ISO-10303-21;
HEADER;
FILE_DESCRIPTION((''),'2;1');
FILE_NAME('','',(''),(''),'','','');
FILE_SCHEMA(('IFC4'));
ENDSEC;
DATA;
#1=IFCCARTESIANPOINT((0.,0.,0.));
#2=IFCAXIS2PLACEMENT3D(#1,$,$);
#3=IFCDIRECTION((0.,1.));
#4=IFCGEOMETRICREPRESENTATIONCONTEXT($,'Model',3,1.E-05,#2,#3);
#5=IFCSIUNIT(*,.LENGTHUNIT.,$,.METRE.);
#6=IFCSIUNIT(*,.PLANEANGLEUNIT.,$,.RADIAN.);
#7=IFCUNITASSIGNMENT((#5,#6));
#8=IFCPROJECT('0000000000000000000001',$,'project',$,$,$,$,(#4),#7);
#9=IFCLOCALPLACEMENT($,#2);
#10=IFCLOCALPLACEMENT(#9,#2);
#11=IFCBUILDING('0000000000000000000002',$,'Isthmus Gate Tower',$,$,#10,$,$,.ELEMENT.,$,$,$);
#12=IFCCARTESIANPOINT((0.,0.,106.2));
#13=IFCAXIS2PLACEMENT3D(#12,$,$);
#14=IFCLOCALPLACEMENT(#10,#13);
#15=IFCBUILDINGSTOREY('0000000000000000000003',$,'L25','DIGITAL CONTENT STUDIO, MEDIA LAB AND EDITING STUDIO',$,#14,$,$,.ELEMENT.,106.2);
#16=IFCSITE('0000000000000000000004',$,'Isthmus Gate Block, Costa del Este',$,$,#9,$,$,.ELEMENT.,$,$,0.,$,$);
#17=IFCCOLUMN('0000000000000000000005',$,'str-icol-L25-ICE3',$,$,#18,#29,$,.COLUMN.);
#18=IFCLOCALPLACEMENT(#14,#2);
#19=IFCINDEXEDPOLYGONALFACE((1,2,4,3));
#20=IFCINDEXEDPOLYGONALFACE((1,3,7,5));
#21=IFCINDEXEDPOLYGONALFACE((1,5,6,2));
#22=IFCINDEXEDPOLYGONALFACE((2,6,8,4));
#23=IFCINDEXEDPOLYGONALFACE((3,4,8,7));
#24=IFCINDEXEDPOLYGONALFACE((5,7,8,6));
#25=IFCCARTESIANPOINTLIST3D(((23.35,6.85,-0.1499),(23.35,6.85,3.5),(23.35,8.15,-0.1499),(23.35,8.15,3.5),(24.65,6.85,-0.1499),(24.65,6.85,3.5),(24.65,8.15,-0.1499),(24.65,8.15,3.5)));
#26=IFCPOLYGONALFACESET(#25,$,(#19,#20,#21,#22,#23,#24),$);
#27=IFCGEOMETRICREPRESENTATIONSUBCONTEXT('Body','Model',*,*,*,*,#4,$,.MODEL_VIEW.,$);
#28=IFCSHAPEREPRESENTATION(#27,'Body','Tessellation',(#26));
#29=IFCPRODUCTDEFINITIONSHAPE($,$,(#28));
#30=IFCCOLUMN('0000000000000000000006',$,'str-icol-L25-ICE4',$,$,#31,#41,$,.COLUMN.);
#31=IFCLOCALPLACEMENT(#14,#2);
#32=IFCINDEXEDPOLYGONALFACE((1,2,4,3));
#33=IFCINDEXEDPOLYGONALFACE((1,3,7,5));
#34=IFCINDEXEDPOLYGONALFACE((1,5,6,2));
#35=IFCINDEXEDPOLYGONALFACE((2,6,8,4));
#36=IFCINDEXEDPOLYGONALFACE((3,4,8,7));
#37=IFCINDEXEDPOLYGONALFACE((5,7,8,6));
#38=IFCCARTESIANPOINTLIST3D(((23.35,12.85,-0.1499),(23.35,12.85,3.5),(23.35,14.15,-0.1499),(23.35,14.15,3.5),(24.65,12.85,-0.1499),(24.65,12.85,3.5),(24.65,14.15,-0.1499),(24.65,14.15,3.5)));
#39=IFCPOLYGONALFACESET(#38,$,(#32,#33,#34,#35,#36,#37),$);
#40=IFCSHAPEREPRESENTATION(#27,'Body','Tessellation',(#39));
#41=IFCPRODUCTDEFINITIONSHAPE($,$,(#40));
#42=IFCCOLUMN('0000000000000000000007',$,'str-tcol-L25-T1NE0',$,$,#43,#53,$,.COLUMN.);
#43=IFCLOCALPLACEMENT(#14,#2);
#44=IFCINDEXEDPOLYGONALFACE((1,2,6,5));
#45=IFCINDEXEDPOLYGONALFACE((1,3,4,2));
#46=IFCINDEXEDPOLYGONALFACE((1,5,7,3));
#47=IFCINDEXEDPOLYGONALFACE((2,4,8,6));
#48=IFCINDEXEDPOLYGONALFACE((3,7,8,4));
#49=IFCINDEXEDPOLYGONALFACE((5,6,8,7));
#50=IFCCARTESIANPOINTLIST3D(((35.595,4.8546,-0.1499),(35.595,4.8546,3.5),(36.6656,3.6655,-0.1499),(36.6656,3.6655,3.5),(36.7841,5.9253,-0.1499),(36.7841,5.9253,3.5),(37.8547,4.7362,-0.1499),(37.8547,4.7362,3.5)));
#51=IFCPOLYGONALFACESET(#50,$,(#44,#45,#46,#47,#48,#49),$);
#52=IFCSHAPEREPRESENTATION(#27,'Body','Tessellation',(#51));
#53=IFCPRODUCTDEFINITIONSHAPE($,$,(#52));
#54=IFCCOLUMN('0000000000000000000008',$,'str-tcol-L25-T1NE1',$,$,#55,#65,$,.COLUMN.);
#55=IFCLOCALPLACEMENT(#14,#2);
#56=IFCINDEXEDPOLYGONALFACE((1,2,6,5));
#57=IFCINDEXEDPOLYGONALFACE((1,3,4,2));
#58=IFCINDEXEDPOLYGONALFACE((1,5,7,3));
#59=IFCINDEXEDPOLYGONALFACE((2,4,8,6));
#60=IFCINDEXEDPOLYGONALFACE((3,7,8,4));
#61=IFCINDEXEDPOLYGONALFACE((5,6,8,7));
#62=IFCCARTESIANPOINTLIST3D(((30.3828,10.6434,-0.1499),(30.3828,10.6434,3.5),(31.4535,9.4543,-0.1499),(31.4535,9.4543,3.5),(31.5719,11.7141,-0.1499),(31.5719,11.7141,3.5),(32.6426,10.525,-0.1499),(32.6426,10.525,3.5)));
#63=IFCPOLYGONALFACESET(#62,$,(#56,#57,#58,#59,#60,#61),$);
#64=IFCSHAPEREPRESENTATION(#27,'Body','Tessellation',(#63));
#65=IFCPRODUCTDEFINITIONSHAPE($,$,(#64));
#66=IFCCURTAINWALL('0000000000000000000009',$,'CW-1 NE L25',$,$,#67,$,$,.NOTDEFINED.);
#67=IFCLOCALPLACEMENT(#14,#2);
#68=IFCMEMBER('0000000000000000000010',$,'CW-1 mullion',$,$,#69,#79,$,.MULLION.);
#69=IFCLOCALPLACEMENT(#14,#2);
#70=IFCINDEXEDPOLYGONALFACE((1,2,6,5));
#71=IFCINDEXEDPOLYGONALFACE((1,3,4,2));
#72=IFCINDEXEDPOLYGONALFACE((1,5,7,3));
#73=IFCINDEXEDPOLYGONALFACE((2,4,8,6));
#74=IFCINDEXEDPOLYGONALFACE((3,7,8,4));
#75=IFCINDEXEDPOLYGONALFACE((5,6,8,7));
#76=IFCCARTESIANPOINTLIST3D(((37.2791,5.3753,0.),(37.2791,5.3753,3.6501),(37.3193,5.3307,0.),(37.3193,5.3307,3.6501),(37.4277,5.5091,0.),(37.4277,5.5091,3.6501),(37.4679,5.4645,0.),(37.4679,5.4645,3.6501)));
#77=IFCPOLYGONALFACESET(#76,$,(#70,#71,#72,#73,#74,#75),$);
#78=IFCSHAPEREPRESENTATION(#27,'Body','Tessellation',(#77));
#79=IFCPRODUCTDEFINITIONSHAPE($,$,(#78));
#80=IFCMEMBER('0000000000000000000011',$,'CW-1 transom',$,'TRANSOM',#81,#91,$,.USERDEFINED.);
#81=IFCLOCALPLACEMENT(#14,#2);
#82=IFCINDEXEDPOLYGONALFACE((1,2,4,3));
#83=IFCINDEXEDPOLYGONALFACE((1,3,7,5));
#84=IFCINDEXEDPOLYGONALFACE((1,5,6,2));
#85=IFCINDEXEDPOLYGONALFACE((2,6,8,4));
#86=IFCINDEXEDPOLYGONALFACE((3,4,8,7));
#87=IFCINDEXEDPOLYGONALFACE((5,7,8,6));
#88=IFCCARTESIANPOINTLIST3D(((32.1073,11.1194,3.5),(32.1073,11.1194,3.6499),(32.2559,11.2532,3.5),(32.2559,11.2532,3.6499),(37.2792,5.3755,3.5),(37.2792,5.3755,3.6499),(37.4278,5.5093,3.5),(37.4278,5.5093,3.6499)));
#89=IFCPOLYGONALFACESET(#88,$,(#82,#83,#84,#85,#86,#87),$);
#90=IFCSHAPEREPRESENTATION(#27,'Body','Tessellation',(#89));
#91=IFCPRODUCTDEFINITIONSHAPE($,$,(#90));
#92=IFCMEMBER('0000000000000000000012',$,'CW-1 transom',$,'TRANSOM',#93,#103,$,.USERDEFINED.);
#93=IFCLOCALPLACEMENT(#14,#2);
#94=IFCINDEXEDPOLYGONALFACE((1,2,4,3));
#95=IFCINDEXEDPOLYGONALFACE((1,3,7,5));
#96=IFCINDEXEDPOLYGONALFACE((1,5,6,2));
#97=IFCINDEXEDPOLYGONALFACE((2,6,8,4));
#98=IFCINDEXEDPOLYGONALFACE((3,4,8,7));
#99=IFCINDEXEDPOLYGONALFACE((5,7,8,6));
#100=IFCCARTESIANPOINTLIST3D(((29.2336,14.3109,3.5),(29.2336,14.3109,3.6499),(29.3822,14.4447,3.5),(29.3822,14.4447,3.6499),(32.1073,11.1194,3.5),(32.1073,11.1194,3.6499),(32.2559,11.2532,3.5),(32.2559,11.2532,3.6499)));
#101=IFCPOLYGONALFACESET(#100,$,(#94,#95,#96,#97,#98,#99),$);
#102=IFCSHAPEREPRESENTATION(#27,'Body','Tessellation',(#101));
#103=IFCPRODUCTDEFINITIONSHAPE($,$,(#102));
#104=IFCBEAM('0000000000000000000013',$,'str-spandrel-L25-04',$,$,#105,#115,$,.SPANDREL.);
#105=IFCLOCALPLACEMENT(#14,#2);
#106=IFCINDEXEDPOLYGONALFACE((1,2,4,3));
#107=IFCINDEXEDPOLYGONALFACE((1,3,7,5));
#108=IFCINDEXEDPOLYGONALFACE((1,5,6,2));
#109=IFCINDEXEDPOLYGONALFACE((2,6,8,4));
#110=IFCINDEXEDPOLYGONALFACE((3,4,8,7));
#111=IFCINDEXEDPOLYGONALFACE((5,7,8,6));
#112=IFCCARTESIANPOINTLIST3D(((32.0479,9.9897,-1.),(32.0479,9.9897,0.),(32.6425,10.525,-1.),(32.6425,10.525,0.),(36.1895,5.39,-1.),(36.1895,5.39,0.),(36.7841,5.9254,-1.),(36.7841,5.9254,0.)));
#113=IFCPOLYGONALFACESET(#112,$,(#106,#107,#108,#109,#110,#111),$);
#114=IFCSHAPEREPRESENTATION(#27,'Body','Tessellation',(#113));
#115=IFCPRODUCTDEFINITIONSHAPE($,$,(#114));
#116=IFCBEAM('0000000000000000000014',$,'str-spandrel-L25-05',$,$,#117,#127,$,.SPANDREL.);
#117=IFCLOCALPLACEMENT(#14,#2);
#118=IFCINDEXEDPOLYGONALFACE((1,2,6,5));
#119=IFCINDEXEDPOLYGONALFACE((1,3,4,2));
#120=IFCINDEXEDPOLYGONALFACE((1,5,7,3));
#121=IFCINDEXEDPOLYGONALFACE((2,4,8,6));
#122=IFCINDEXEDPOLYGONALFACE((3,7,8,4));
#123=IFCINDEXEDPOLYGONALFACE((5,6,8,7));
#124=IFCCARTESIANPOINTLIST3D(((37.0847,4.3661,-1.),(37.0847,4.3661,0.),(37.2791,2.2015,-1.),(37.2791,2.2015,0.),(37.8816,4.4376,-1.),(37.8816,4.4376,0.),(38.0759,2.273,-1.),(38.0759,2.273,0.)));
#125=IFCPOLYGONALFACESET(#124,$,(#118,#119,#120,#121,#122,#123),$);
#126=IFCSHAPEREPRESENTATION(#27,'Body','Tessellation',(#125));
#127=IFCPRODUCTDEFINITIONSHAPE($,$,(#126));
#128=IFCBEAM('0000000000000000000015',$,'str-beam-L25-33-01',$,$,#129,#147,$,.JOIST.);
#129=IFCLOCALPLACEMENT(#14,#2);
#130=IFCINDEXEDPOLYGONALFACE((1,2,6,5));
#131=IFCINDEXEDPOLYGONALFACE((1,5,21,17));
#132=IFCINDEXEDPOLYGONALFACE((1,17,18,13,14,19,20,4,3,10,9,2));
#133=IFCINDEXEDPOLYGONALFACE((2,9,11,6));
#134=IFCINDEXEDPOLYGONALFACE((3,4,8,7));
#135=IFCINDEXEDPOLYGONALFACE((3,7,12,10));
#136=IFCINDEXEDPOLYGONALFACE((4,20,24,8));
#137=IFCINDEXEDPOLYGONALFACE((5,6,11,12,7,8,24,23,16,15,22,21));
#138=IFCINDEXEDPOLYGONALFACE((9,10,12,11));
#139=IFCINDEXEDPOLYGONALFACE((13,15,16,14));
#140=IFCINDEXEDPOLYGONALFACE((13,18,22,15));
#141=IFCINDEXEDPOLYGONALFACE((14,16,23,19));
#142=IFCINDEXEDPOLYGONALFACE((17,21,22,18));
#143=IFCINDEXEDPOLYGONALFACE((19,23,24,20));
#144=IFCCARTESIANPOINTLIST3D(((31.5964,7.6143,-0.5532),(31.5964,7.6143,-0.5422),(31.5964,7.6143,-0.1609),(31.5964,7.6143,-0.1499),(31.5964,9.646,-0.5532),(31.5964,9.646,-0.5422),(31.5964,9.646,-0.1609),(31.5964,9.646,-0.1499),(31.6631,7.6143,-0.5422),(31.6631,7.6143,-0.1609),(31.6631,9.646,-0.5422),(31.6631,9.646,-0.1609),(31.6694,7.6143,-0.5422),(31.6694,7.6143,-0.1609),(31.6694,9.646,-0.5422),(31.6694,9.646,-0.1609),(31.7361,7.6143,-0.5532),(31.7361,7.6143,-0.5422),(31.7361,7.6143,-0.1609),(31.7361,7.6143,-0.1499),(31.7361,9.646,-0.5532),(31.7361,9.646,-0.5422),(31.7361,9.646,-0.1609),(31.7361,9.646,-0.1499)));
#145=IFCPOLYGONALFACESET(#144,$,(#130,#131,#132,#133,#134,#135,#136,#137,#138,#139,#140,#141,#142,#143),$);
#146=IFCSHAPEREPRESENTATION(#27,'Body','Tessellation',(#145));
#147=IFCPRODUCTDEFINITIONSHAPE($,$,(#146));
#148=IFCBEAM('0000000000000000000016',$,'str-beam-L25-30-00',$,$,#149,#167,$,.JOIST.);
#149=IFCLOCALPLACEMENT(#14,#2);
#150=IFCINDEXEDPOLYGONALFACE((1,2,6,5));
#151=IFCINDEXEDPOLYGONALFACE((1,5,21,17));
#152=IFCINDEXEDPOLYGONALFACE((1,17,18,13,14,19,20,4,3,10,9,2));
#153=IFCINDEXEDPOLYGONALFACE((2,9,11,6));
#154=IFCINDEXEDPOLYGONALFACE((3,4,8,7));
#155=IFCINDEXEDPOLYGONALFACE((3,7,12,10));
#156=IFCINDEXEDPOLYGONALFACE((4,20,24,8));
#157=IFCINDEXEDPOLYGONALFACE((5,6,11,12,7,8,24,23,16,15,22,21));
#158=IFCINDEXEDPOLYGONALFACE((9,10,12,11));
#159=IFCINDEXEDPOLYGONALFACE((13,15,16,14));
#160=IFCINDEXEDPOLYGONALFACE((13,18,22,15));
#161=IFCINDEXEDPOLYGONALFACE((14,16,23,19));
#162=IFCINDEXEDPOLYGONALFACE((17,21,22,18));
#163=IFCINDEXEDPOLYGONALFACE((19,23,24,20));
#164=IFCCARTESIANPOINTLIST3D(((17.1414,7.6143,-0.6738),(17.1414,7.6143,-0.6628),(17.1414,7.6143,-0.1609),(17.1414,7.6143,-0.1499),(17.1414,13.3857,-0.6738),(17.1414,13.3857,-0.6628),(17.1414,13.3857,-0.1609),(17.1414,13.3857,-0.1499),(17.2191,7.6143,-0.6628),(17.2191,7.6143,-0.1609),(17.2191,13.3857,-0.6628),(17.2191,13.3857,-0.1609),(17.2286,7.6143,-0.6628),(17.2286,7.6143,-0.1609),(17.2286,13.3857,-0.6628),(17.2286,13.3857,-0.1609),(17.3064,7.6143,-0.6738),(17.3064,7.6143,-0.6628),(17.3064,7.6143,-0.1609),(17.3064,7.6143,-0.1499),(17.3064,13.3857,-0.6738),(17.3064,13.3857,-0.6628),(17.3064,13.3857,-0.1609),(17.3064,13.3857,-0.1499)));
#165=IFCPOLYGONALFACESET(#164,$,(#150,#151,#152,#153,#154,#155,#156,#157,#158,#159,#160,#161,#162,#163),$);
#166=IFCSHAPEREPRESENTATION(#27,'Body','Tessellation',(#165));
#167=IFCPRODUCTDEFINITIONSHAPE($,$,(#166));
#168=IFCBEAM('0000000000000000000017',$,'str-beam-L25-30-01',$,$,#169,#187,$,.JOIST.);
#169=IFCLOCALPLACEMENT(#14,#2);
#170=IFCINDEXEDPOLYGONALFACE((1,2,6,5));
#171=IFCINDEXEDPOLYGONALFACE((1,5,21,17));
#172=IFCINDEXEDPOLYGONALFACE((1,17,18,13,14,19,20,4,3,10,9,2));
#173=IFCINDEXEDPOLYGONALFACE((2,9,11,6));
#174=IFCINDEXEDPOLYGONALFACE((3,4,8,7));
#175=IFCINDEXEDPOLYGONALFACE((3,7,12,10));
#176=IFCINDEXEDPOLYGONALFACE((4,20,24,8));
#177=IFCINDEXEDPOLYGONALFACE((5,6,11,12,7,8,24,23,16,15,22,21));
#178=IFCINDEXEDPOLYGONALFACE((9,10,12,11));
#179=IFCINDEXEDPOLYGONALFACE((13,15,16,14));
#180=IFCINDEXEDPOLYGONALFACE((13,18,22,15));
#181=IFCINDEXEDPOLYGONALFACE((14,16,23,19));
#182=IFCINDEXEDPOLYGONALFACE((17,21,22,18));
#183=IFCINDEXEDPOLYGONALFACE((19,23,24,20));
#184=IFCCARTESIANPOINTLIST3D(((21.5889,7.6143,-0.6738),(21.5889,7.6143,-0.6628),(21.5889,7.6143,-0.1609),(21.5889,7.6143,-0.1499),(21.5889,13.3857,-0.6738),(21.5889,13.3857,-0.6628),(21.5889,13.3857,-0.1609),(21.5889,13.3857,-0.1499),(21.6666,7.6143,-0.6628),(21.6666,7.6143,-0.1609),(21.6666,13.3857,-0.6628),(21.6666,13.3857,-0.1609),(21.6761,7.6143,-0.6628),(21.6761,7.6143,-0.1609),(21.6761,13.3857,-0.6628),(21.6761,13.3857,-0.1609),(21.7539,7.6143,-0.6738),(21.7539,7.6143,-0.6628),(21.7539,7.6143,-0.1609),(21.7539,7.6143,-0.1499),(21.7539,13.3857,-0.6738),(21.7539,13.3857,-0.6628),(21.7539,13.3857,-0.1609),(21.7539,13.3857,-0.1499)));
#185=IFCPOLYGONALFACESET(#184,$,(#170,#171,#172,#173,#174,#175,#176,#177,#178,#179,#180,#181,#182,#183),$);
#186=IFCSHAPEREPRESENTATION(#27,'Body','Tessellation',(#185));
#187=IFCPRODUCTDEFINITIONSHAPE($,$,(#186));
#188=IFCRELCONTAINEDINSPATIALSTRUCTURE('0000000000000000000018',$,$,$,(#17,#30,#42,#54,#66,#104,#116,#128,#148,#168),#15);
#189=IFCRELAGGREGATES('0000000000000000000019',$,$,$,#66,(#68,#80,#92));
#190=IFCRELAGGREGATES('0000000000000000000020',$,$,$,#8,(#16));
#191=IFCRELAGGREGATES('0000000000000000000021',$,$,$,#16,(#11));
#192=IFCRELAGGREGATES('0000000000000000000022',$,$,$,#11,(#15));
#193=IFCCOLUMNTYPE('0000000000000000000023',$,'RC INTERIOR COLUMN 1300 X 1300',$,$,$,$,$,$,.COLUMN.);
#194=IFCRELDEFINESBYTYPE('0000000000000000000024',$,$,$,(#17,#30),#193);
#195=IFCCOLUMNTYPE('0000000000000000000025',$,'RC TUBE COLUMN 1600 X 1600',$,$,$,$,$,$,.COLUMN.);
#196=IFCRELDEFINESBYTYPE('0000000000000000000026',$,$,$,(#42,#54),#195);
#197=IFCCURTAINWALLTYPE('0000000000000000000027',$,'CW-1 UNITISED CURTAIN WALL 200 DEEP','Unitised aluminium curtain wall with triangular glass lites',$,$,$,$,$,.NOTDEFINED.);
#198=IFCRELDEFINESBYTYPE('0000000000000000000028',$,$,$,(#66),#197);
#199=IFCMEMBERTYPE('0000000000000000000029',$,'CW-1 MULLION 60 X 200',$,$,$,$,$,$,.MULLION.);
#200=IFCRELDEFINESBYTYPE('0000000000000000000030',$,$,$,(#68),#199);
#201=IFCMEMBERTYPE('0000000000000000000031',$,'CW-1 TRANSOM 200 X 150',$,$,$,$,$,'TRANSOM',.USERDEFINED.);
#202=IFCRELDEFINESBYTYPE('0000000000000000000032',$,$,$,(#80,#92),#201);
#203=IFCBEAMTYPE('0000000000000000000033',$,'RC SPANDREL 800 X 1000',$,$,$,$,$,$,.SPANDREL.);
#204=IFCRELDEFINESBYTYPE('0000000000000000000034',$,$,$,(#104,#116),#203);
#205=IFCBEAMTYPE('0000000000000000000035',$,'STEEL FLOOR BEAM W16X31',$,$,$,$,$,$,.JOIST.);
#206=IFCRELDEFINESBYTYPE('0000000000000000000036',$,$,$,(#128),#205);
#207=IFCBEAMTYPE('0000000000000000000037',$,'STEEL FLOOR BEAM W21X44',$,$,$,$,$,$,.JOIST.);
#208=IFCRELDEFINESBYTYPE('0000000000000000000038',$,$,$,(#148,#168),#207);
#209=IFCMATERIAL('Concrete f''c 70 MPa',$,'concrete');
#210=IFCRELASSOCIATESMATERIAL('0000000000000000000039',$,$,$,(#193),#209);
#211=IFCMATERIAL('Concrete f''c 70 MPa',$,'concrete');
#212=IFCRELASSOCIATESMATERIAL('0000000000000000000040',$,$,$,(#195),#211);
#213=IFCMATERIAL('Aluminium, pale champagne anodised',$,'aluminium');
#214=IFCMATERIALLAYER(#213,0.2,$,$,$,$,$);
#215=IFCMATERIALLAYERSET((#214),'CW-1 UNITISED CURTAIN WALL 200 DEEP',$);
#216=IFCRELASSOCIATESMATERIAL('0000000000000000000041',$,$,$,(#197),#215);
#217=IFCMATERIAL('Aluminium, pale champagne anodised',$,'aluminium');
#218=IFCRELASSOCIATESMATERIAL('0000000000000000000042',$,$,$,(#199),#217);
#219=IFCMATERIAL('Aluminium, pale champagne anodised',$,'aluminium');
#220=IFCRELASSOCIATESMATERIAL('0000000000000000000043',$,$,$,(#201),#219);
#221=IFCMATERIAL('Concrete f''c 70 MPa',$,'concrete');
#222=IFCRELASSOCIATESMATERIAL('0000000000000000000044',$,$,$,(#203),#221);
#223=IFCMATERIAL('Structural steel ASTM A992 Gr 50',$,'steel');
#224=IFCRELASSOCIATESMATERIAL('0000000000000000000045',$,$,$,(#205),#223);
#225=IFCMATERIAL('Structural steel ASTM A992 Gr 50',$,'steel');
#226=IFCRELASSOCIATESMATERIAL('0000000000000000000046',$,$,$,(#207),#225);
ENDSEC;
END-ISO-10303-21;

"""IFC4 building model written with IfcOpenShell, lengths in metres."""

from ifc_helpers import new_model, si_unit, direction, frame, origin, origin_2d, place, context, subcontext, project, spatial, rectangle, i_section, extrude, material, layer, layer_set, material_profile, profile_set, type_object, element, aggregate, save


model = new_model("IFC4")

# Units and contexts
model_context = context("Model", 3, precision=1e-05, world=origin(), true_north=direction((0.0, 1.0)))
body_context = subcontext(model_context, "Body", "Model", "MODEL_VIEW")
ifc_project = project(units=[si_unit("LENGTHUNIT", "METRE"), si_unit("PLANEANGLEUNIT", "RADIAN")], contexts=[model_context])

# Site, building, storey
site_placement = place(None, origin())
site = spatial("IfcSite", under=ifc_project, at=site_placement, Name="Isthmus Gate Block, Costa del Este", CompositionType="ELEMENT", RefElevation=0.0)
building_placement = place(site_placement, origin())
building = spatial("IfcBuilding", under=site, at=building_placement, Name="Isthmus Gate Tower", CompositionType="ELEMENT")
storey_placement = place(building_placement, frame((0.0, 0.0, 106.2)))
storey = spatial("IfcBuildingStorey", under=building, at=storey_placement, Name="L25", Description="DIGITAL CONTENT STUDIO, MEDIA LAB AND EDITING STUDIO", CompositionType="ELEMENT", Elevation=106.2)

# Columns
ifc_material_1 = material(Name="Concrete f'c 70 MPa", Category="concrete")
ifc_material_profile_1 = material_profile(ifc_material_1, rectangle(XDim=1.3, YDim=1.3, at=origin_2d()), Name="RC 1300X1300")
ifc_profile_set_1 = profile_set([ifc_material_profile_1], Name="Concrete f'c 70 MPa")
column_type_1 = type_object("IfcColumnType", Name="RC INTERIOR COLUMN 1300 X 1300", PredefinedType="COLUMN", material=ifc_profile_set_1)
for number, where, z_axis, x_axis, name in (
    (1, (24.0, 7.5, -0.1499), (0.0, 0.0, 1.0), (1.0, 0.0, 0.0), "str-icol-L25-ICE3"),
    (2, (24.0, 13.5, -0.1499), (0.0, 0.0, 1.0), (1.0, 0.0, 0.0), "str-icol-L25-ICE4"),
):
    element("IfcColumn", number, at=place(storey_placement, frame(where, z_axis=z_axis, x_axis=x_axis)), inside=storey, type_object=column_type_1, Name=name, PredefinedType="COLUMN", context=body_context, shape_type="SweptSolid", body=[
        extrude(rectangle(XDim=1.3, YDim=1.3, at=origin_2d()), origin(), (0.0, 0.0, 1.0), 3.6499),
    ])
ifc_material_2 = material(Name="Concrete f'c 70 MPa", Category="concrete")
ifc_material_profile_2 = material_profile(ifc_material_2, rectangle(XDim=1.6001, YDim=1.6001, at=origin_2d()), Name="RC 1600X1600")
ifc_profile_set_2 = profile_set([ifc_material_profile_2], Name="Concrete f'c 70 MPa")
column_type_2 = type_object("IfcColumnType", Name="RC TUBE COLUMN 1600 X 1600", PredefinedType="COLUMN", material=ifc_profile_set_2)
for number, where, z_axis, x_axis, name in (
    (3, (36.7249, 4.7954, -0.1499), (0.0, 0.0, 1.0), (-0.669131, 0.743145, 0.0), "str-tcol-L25-T1NE0"),
    (4, (31.5127, 10.5842, -0.1499), (0.0, 0.0, 1.0), (-0.669131, 0.743145, 0.0), "str-tcol-L25-T1NE1"),
):
    element("IfcColumn", number, at=place(storey_placement, frame(where, z_axis=z_axis, x_axis=x_axis)), inside=storey, type_object=column_type_2, Name=name, PredefinedType="COLUMN", context=body_context, shape_type="SweptSolid", body=[
        extrude(rectangle(XDim=1.6001, YDim=1.6001, at=origin_2d()), origin(), (0.0, 0.0, 1.0), 3.6499),
    ])

# Curtain wall, members
ifc_material_3 = material(Name="Aluminium, pale champagne anodised", Category="aluminium")
ifc_layer_1 = layer(ifc_material_3, 0.2)
ifc_layer_set_1 = layer_set([ifc_layer_1], Name="CW-1 UNITISED CURTAIN WALL 200 DEEP")
curtain_wall_type = type_object("IfcCurtainWallType", Name="CW-1 UNITISED CURTAIN WALL 200 DEEP", Description="Unitised aluminium curtain wall with triangular glass lites", PredefinedType="NOTDEFINED", material=ifc_layer_set_1)
curtain_wall_placement = place(storey_placement, origin())
curtain_wall = element("IfcCurtainWall", 5, at=curtain_wall_placement, inside=storey, type_object=curtain_wall_type, Name="CW-1 NE L25", PredefinedType="NOTDEFINED")
ifc_material_4 = material(Name="Aluminium, pale champagne anodised", Category="aluminium")
ifc_material_profile_3 = material_profile(ifc_material_4, rectangle(XDim=0.0601, YDim=0.2, at=origin_2d()), Name="60x200")
ifc_profile_set_3 = profile_set([ifc_material_profile_3], Name="Aluminium, pale champagne anodised")
member_type_1 = type_object("IfcMemberType", Name="CW-1 MULLION 60 X 200", PredefinedType="MULLION", material=ifc_profile_set_3)
member_1_placement = place(storey_placement, frame((37.3735, 5.4199, 0.0), z_axis=(0.0, 0.0, 1.0), x_axis=(-0.669131, 0.743145, 0.0)))
member_1 = element("IfcMember", 6, at=member_1_placement, type_object=member_type_1, Name="CW-1 mullion", PredefinedType="MULLION", context=body_context, shape_type="SweptSolid", body=[
    extrude(rectangle(XDim=0.0601, YDim=0.2, at=origin_2d()), origin(), (0.0, 0.0, 1.0), 3.6501),
])
ifc_material_5 = material(Name="Aluminium, pale champagne anodised", Category="aluminium")
ifc_material_profile_4 = material_profile(ifc_material_5, rectangle(XDim=0.2, YDim=0.1499, at=origin_2d()), Name="200x150")
ifc_profile_set_4 = profile_set([ifc_material_profile_4], Name="Aluminium, pale champagne anodised")
member_type_2 = type_object("IfcMemberType", Name="CW-1 TRANSOM 200 X 150", ElementType="TRANSOM", PredefinedType="USERDEFINED", material=ifc_profile_set_4)
member_2_placement = place(storey_placement, frame((37.3535, 5.4424, 3.575), z_axis=(-0.669134, 0.743142, 0.0), x_axis=(-0.743142, -0.669134, 0.0)))
member_2 = element("IfcMember", 7, at=member_2_placement, type_object=member_type_2, Name="CW-1 transom", ObjectType="TRANSOM", PredefinedType="USERDEFINED", context=body_context, shape_type="SweptSolid", body=[
    extrude(rectangle(XDim=0.2, YDim=0.1499, at=origin_2d()), origin(), (0.0, 0.0, 1.0), 7.7292),
])
member_3_placement = place(storey_placement, frame((32.1816, 11.1863, 3.575), z_axis=(-0.669131, 0.743144, 0.0), x_axis=(-0.743144, -0.669131, 0.0)))
member_3 = element("IfcMember", 8, at=member_3_placement, type_object=member_type_2, Name="CW-1 transom", ObjectType="TRANSOM", PredefinedType="USERDEFINED", context=body_context, shape_type="SweptSolid", body=[
    extrude(rectangle(XDim=0.2, YDim=0.1499, at=origin_2d()), origin(), (0.0, 0.0, 1.0), 4.2947),
])

# Beams
ifc_material_6 = material(Name="Concrete f'c 70 MPa", Category="concrete")
ifc_material_profile_5 = material_profile(ifc_material_6, rectangle(XDim=0.8, YDim=1.0, at=origin_2d()), Name="RC 800X1000")
ifc_profile_set_5 = profile_set([ifc_material_profile_5], Name="Concrete f'c 70 MPa")
beam_type_1 = type_object("IfcBeamType", Name="RC SPANDREL 800 X 1000", PredefinedType="SPANDREL", material=ifc_profile_set_5)
beam_1_placement = place(storey_placement, frame((32.3452, 10.2573, -0.5), z_axis=(0.669139, -0.743137, 0.0), x_axis=(0.743137, 0.669139, 0.0)))
element("IfcBeam", 9, at=beam_1_placement, inside=storey, type_object=beam_type_1, Name="str-spandrel-L25-04", PredefinedType="SPANDREL", context=body_context, shape_type="SweptSolid", body=[
    extrude(rectangle(XDim=0.8, YDim=1.0, at=origin_2d()), origin(), (0.0, 0.0, 1.0), 6.1895),
])
beam_2_placement = place(storey_placement, frame((37.4832, 4.4019, -0.5), z_axis=(0.089422, -0.995994, 0.0), x_axis=(0.995994, 0.089422, 0.0)))
element("IfcBeam", 10, at=beam_2_placement, inside=storey, type_object=beam_type_1, Name="str-spandrel-L25-05", PredefinedType="SPANDREL", context=body_context, shape_type="SweptSolid", body=[
    extrude(rectangle(XDim=0.8, YDim=1.0, at=origin_2d()), origin(), (0.0, 0.0, 1.0), 2.1733),
])
ifc_material_7 = material(Name="Structural steel ASTM A992 Gr 50", Category="steel")
ifc_material_profile_6 = material_profile(ifc_material_7, i_section(OverallWidth=0.1396, OverallDepth=0.4033, WebThickness=0.0063, FlangeThickness=0.011, at=origin_2d()), Name="W16X31")
ifc_profile_set_6 = profile_set([ifc_material_profile_6], Name="Structural steel ASTM A992 Gr 50")
beam_type_2 = type_object("IfcBeamType", Name="STEEL FLOOR BEAM W16X31", PredefinedType="JOIST", material=ifc_profile_set_6)
beam_3_placement = place(storey_placement, frame((31.6663, 7.6143, -0.3516), z_axis=(0.0, 1.0, 0.0), x_axis=(-1.0, 0.0, 0.0)))
element("IfcBeam", 11, at=beam_3_placement, inside=storey, type_object=beam_type_2, Name="str-beam-L25-33-01", PredefinedType="JOIST", context=body_context, shape_type="SweptSolid", body=[
    extrude(i_section(OverallWidth=0.1396, OverallDepth=0.4033, WebThickness=0.0063, FlangeThickness=0.011, at=origin_2d()), origin(), (0.0, 0.0, 1.0), 2.0317),
])
ifc_material_8 = material(Name="Structural steel ASTM A992 Gr 50", Category="steel")
ifc_material_profile_7 = material_profile(ifc_material_8, i_section(OverallWidth=0.165, OverallDepth=0.5239, WebThickness=0.0095, FlangeThickness=0.011, at=origin_2d()), Name="W21X44")
ifc_profile_set_7 = profile_set([ifc_material_profile_7], Name="Structural steel ASTM A992 Gr 50")
beam_type_3 = type_object("IfcBeamType", Name="STEEL FLOOR BEAM W21X44", PredefinedType="JOIST", material=ifc_profile_set_7)
for number, where, z_axis, x_axis, name in (
    (12, (17.2239, 7.6143, -0.4119), (0.0, 1.0, 0.0), (-1.0, 0.0, 0.0), "str-beam-L25-30-00"),
    (13, (21.6714, 7.6143, -0.4119), (0.0, 1.0, 0.0), (-1.0, 0.0, 0.0), "str-beam-L25-30-01"),
):
    element("IfcBeam", number, at=place(storey_placement, frame(where, z_axis=z_axis, x_axis=x_axis)), inside=storey, type_object=beam_type_3, Name=name, PredefinedType="JOIST", context=body_context, shape_type="SweptSolid", body=[
        extrude(i_section(OverallWidth=0.165, OverallDepth=0.5239, WebThickness=0.0095, FlangeThickness=0.011, at=origin_2d()), origin(), (0.0, 0.0, 1.0), 5.7715),
    ])

aggregate(curtain_wall, [member_1, member_2, member_3])

save(model, "model.ifc")
